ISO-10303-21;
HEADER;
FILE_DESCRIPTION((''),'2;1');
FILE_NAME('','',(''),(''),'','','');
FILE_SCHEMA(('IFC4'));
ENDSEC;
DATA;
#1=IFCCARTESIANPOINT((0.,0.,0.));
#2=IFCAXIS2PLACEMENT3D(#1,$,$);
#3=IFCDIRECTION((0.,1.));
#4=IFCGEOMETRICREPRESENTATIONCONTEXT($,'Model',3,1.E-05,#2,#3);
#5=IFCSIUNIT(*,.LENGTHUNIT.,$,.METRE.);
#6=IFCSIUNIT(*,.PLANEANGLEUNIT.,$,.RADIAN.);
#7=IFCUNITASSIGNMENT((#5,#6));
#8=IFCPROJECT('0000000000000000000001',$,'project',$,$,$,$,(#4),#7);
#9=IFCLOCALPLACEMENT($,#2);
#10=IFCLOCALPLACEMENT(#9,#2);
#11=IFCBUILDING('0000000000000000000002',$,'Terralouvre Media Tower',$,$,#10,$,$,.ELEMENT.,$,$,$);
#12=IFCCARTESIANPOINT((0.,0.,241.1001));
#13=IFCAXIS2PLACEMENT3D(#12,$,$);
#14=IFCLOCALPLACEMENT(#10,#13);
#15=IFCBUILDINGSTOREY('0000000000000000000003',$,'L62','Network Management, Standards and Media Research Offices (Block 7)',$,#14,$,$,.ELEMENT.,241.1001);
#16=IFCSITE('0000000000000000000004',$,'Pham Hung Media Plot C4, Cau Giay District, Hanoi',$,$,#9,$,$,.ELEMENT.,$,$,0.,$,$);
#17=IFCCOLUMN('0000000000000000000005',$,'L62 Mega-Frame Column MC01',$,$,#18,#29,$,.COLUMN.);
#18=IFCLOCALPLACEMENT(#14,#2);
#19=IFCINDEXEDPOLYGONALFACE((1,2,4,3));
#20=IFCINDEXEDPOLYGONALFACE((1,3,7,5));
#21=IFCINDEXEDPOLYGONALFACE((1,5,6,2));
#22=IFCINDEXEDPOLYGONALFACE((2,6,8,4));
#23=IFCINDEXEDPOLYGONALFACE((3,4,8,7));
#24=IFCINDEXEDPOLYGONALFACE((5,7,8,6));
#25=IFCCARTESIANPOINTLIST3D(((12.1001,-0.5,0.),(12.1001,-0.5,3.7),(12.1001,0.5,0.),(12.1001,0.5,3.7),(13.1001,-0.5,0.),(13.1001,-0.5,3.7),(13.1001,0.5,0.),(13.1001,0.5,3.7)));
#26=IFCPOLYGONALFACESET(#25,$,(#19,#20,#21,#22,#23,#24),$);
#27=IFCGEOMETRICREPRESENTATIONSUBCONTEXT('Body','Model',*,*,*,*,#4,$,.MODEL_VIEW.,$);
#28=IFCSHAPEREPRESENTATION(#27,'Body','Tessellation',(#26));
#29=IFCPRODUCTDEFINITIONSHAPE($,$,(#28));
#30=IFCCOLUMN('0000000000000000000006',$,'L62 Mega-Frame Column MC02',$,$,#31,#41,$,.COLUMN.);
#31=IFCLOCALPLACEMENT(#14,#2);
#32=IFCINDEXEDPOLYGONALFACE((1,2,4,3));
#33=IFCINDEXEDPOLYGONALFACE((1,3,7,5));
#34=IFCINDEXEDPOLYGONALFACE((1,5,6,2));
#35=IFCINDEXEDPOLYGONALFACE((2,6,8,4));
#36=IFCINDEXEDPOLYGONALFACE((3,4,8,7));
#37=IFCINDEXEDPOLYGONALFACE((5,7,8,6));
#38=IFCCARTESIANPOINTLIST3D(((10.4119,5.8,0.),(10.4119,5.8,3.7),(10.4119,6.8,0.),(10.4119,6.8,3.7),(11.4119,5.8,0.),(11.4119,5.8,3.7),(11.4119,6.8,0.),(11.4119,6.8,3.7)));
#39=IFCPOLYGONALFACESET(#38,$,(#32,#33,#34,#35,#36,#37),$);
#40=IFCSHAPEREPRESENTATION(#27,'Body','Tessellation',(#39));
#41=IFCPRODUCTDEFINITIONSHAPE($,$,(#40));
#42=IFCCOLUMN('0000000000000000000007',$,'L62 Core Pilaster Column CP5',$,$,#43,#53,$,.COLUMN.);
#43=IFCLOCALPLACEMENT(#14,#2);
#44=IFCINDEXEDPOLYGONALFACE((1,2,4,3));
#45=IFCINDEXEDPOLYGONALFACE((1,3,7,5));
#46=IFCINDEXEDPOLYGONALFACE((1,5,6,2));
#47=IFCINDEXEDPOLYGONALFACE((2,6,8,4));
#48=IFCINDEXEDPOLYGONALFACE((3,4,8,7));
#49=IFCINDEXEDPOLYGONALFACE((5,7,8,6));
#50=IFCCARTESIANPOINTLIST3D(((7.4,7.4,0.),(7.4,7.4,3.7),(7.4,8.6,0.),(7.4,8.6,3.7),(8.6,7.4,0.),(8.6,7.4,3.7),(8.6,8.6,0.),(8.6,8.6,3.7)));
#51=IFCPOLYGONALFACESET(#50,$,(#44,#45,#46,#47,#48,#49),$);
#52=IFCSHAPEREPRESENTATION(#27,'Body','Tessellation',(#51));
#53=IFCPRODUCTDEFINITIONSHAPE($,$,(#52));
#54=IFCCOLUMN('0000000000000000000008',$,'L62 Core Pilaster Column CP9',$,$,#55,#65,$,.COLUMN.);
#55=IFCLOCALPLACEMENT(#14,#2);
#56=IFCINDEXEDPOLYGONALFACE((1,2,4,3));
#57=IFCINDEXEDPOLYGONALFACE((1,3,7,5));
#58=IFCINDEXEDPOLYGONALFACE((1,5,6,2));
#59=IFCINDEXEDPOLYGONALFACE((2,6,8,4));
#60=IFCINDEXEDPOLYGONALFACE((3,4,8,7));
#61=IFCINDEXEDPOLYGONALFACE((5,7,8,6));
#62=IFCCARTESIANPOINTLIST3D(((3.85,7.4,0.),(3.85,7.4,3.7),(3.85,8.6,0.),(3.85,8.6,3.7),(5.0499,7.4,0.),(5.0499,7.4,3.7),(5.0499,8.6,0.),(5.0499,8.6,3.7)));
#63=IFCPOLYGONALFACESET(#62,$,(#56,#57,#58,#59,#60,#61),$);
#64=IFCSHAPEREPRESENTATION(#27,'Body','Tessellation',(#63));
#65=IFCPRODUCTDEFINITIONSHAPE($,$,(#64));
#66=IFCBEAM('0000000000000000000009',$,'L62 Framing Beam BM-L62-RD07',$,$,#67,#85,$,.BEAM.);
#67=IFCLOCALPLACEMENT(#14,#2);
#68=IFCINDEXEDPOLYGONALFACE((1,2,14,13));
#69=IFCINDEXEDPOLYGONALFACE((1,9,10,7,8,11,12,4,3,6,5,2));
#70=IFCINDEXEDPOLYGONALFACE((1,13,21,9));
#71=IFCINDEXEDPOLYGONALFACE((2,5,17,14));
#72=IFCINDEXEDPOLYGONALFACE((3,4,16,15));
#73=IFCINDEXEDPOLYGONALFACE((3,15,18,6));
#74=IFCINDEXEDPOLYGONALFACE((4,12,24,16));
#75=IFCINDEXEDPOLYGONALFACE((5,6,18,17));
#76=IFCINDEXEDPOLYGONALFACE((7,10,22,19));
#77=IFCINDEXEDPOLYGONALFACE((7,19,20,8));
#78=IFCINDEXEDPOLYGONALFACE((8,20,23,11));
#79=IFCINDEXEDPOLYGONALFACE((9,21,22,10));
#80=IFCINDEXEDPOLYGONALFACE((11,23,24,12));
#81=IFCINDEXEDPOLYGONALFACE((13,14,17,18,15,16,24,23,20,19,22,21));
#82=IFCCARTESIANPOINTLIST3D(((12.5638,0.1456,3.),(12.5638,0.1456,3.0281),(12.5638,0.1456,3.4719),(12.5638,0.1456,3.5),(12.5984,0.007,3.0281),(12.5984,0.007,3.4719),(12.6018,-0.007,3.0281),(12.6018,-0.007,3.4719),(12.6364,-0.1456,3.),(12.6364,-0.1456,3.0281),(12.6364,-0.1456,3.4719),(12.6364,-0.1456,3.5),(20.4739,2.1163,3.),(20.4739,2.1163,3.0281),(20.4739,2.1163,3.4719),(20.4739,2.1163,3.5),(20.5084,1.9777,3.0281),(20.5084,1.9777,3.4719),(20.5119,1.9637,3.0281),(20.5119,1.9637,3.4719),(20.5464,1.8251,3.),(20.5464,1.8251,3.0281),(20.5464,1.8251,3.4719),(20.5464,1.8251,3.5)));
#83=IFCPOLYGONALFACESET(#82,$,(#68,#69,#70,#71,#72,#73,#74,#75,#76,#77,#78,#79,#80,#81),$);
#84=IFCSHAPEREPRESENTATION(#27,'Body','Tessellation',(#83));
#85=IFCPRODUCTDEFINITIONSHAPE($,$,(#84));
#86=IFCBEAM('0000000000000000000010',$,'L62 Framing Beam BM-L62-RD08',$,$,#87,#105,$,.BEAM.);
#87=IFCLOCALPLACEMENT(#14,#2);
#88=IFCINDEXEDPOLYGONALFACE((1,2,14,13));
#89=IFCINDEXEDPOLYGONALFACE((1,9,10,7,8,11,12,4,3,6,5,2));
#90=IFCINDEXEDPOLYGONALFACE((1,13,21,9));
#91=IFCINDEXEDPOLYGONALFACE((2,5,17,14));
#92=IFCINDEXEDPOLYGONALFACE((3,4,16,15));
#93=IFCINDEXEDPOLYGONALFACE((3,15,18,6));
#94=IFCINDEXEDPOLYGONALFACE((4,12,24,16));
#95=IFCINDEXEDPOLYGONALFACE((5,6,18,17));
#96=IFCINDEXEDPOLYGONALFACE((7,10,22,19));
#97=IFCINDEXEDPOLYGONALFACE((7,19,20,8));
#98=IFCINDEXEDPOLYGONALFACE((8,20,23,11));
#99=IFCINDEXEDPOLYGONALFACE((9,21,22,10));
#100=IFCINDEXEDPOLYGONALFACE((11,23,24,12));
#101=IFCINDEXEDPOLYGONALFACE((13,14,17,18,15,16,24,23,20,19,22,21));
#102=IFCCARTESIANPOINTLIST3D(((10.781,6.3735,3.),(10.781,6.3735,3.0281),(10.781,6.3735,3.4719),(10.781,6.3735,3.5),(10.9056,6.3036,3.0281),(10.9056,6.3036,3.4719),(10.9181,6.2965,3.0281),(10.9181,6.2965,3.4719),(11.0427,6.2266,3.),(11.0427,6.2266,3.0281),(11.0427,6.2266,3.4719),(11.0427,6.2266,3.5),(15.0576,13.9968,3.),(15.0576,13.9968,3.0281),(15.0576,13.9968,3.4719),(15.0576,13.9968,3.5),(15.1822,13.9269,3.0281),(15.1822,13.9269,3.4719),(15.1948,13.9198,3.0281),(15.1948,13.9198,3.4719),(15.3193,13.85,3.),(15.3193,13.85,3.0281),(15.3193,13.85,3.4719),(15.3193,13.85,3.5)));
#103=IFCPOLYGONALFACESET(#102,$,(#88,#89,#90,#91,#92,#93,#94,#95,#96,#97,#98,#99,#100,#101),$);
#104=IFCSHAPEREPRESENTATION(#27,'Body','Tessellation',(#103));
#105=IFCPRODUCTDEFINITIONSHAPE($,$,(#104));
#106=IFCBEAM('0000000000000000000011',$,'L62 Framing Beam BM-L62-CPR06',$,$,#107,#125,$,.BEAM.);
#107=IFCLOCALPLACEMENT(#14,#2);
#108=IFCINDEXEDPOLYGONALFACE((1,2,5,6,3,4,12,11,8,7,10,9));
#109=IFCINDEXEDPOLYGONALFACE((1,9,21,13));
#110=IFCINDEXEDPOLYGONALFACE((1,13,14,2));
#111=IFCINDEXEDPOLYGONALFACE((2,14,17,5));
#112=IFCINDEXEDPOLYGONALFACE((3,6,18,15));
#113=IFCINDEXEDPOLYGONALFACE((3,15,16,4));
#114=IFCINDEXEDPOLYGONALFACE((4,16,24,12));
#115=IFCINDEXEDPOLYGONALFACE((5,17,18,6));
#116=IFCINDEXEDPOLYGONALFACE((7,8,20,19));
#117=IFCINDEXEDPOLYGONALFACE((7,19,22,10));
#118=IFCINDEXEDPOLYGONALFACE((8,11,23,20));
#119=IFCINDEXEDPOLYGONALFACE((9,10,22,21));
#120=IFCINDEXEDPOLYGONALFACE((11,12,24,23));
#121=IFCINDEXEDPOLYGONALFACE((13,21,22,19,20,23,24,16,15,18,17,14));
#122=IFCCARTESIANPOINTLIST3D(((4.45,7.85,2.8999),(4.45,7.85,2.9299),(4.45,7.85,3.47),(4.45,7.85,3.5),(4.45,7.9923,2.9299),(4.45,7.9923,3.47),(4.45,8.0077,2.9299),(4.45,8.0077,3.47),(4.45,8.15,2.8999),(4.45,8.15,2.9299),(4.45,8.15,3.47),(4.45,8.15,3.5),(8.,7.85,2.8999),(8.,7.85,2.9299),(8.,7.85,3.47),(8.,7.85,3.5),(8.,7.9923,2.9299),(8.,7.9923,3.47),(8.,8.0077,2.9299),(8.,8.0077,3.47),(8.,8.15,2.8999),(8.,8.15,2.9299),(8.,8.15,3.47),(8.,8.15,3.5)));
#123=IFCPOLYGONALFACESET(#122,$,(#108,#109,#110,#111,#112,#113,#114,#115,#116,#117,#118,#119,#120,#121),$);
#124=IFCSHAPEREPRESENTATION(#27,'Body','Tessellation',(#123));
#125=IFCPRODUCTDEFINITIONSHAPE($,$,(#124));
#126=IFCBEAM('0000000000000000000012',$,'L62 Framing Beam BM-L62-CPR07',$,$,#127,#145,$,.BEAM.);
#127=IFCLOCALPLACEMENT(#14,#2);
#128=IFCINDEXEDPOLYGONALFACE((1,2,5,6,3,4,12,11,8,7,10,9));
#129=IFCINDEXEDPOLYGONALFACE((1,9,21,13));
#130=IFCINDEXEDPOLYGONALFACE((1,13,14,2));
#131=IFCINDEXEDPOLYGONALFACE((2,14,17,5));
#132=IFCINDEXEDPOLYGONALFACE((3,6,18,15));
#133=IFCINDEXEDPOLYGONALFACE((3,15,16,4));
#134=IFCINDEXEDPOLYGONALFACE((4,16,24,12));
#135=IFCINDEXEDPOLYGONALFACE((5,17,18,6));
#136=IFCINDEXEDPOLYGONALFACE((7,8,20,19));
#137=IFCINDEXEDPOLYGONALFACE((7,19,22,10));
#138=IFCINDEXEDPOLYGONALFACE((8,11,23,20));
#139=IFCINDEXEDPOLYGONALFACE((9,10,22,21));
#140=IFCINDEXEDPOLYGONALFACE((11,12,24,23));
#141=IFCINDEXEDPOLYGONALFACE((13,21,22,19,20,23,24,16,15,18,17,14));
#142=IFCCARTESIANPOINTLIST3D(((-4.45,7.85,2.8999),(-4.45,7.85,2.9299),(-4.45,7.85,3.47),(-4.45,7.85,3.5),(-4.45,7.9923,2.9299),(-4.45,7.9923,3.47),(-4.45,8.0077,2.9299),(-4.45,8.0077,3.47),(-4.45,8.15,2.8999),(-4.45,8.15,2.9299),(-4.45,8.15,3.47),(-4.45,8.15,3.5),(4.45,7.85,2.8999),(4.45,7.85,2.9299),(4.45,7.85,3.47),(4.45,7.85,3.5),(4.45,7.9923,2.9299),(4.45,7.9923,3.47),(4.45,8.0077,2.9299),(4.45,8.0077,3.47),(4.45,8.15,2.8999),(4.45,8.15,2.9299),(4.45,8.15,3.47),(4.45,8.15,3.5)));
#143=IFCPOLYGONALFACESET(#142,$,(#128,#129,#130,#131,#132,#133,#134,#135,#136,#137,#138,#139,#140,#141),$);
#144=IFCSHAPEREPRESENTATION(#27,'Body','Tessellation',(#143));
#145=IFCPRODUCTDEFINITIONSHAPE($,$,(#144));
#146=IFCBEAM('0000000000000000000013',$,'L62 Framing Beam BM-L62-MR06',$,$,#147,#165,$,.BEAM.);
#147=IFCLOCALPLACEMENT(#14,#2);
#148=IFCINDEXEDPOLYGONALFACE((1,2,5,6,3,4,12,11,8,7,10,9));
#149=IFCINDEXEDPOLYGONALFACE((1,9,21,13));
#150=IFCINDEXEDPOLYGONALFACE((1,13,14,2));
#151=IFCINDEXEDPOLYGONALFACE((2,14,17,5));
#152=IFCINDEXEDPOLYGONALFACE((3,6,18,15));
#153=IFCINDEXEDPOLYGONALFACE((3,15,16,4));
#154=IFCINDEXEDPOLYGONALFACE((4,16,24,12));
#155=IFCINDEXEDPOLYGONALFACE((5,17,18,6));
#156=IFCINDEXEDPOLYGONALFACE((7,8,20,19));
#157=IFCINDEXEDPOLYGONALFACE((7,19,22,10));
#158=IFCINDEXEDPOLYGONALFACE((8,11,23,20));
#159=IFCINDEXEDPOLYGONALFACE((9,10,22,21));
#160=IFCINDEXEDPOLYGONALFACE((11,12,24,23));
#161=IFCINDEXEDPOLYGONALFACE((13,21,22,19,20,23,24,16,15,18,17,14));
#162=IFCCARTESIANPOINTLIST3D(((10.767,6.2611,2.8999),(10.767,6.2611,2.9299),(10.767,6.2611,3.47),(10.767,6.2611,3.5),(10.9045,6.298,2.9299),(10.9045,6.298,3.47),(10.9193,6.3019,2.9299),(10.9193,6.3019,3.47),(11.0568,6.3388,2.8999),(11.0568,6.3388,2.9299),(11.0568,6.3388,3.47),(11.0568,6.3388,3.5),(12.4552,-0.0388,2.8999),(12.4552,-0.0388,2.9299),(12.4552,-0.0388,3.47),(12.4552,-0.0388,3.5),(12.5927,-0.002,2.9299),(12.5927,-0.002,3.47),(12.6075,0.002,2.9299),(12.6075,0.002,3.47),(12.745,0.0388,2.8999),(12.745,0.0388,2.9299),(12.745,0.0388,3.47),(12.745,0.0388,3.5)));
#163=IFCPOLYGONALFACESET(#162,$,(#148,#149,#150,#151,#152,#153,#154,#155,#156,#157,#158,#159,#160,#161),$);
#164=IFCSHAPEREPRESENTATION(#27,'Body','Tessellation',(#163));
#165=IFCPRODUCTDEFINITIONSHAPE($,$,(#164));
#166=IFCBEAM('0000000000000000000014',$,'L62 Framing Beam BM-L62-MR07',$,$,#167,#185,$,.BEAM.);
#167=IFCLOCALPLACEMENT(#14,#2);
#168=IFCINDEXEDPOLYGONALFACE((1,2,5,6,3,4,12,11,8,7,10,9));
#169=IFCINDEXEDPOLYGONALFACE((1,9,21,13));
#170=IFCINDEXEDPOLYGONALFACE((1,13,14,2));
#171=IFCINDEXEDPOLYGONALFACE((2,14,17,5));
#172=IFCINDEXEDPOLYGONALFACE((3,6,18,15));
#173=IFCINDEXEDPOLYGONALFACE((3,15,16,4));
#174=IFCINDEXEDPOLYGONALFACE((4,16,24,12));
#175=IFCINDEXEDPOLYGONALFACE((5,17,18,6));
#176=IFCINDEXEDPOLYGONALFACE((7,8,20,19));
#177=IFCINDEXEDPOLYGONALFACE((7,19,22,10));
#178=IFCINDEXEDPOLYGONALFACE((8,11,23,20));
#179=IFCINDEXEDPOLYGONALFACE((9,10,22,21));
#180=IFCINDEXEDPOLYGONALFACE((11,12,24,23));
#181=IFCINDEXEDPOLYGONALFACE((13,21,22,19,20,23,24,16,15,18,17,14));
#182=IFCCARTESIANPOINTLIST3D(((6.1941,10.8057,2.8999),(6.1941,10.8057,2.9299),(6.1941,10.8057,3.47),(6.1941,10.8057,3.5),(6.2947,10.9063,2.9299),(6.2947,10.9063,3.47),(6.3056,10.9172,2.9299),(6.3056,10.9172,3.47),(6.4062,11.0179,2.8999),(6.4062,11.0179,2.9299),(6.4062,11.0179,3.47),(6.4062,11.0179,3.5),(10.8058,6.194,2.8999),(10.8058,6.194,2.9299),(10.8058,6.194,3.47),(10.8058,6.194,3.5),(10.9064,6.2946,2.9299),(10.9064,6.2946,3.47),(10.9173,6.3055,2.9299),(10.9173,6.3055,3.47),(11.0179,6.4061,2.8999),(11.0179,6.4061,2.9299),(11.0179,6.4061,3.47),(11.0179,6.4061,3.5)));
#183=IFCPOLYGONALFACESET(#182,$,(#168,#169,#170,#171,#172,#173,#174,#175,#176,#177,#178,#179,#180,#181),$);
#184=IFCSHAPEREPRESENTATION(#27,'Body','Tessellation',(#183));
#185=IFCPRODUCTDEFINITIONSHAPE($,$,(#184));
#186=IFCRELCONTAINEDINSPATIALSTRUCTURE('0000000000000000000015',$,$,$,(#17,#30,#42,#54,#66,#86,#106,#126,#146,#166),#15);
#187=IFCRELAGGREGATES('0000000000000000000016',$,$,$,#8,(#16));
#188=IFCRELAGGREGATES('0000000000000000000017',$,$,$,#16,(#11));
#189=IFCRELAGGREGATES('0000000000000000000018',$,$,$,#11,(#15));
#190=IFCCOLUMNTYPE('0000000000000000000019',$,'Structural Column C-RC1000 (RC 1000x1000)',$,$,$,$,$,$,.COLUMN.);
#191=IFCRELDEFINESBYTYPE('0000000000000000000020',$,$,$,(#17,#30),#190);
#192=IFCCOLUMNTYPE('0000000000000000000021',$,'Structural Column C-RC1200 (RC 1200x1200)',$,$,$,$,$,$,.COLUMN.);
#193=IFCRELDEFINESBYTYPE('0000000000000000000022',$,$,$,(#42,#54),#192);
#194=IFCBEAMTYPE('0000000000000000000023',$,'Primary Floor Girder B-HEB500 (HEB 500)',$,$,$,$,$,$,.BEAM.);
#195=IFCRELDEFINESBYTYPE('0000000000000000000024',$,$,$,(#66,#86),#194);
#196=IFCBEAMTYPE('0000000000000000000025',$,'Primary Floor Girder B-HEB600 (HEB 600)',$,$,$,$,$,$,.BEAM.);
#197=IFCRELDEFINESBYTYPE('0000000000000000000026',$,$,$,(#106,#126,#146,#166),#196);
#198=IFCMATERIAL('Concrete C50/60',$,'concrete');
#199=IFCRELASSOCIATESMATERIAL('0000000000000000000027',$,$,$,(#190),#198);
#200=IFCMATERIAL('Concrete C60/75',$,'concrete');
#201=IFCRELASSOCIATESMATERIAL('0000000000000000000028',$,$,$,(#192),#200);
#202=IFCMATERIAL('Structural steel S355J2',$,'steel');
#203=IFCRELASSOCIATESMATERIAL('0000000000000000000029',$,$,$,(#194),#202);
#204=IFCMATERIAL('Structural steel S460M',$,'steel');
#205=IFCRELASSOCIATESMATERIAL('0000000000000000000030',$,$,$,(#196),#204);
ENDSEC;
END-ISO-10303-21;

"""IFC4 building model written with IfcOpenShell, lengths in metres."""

from ifc_helpers import new_model, si_unit, direction, frame, origin, origin_2d, place, context, subcontext, project, spatial, rectangle, i_section, extrude, material, material_profile, profile_set, type_object, element, save


model = new_model("IFC4")

# Units and contexts
model_context = context("Model", 3, precision=1e-05, world=origin(), true_north=direction((0.0, 1.0)))
body_context = subcontext(model_context, "Body", "Model", "MODEL_VIEW")
ifc_project = project(units=[si_unit("LENGTHUNIT", "METRE"), si_unit("PLANEANGLEUNIT", "RADIAN")], contexts=[model_context])

# Site, building, storey
site_placement = place(None, origin())
site = spatial("IfcSite", under=ifc_project, at=site_placement, Name="Pham Hung Media Plot C4, Cau Giay District, Hanoi", CompositionType="ELEMENT", RefElevation=0.0)
building_placement = place(site_placement, origin())
building = spatial("IfcBuilding", under=site, at=building_placement, Name="Terralouvre Media Tower", CompositionType="ELEMENT")
storey_placement = place(building_placement, frame((0.0, 0.0, 241.1001)))
storey = spatial("IfcBuildingStorey", under=building, at=storey_placement, Name="L62", Description="Network Management, Standards and Media Research Offices (Block 7)", CompositionType="ELEMENT", Elevation=241.1001)

# Columns
ifc_material_1 = material(Name="Concrete C50/60", Category="concrete")
ifc_material_profile_1 = material_profile(ifc_material_1, rectangle(XDim=1.0, YDim=1.0, at=origin_2d()), Name="RC 1000x1000")
ifc_profile_set_1 = profile_set([ifc_material_profile_1], Name="Concrete C50/60")
column_type_1 = type_object("IfcColumnType", Name="Structural Column C-RC1000 (RC 1000x1000)", PredefinedType="COLUMN", material=ifc_profile_set_1)
for number, where, z_axis, x_axis, name in (
    (1, (12.6001, 0.0, 0.0), (0.0, 0.0, 1.0), (1.0, 0.0, 0.0), "L62 Mega-Frame Column MC01"),
    (2, (10.9119, 6.3, 0.0), (0.0, 0.0, 1.0), (1.0, 0.0, 0.0), "L62 Mega-Frame Column MC02"),
):
    element("IfcColumn", number, at=place(storey_placement, frame(where, z_axis=z_axis, x_axis=x_axis)), inside=storey, type_object=column_type_1, Name=name, PredefinedType="COLUMN", context=body_context, shape_type="SweptSolid", body=[
        extrude(rectangle(XDim=1.0, YDim=1.0, at=origin_2d()), origin(), (0.0, 0.0, 1.0), 3.7),
    ])
ifc_material_2 = material(Name="Concrete C60/75", Category="concrete")
ifc_material_profile_2 = material_profile(ifc_material_2, rectangle(XDim=1.2, YDim=1.2, at=origin_2d()), Name="RC 1200x1200")
ifc_profile_set_2 = profile_set([ifc_material_profile_2], Name="Concrete C60/75")
column_type_2 = type_object("IfcColumnType", Name="Structural Column C-RC1200 (RC 1200x1200)", PredefinedType="COLUMN", material=ifc_profile_set_2)
for number, where, z_axis, x_axis, name in (
    (3, (8.0, 8.0, 0.0), (0.0, 0.0, 1.0), (1.0, 0.0, 0.0), "L62 Core Pilaster Column CP5"),
    (4, (4.45, 8.0, 0.0), (0.0, 0.0, 1.0), (1.0, 0.0, 0.0), "L62 Core Pilaster Column CP9"),
):
    element("IfcColumn", number, at=place(storey_placement, frame(where, z_axis=z_axis, x_axis=x_axis)), inside=storey, type_object=column_type_2, Name=name, PredefinedType="COLUMN", context=body_context, shape_type="SweptSolid", body=[
        extrude(rectangle(XDim=1.2, YDim=1.2, at=origin_2d()), origin(), (0.0, 0.0, 1.0), 3.7),
    ])

# Beams
ifc_material_3 = material(Name="Structural steel S355J2", Category="steel")
ifc_material_profile_3 = material_profile(ifc_material_3, i_section(OverallWidth=0.3, OverallDepth=0.5, WebThickness=0.0144, FlangeThickness=0.0281, at=origin_2d()), Name="HEB 500")
ifc_profile_set_3 = profile_set([ifc_material_profile_3], Name="Structural steel S355J2")
beam_type_1 = type_object("IfcBeamType", Name="Primary Floor Girder B-HEB500 (HEB 500)", PredefinedType="BEAM", material=ifc_profile_set_3)
beam_1_placement = place(storey_placement, frame((12.6001, 0.0, 3.25), z_axis=(0.970339, 0.241746, 0.0), x_axis=(-0.241746, 0.970339, 0.0)))
element("IfcBeam", 5, at=beam_1_placement, inside=storey, type_object=beam_type_1, Name="L62 Framing Beam BM-L62-RD07", PredefinedType="BEAM", context=body_context, shape_type="SweptSolid", body=[
    extrude(i_section(OverallWidth=0.3, OverallDepth=0.5, WebThickness=0.0144, FlangeThickness=0.0281, at=origin_2d()), origin(), (0.0, 0.0, 1.0), 8.1519),
])
beam_2_placement = place(storey_placement, frame((10.9119, 6.3, 3.25), z_axis=(0.489262, 0.872137, 0.0), x_axis=(-0.872137, 0.489262, 0.0)))
element("IfcBeam", 6, at=beam_2_placement, inside=storey, type_object=beam_type_1, Name="L62 Framing Beam BM-L62-RD08", PredefinedType="BEAM", context=body_context, shape_type="SweptSolid", body=[
    extrude(i_section(OverallWidth=0.3, OverallDepth=0.5, WebThickness=0.0144, FlangeThickness=0.0281, at=origin_2d()), origin(), (0.0, 0.0, 1.0), 8.741),
])
ifc_material_4 = material(Name="Structural steel S460M", Category="steel")
ifc_material_profile_4 = material_profile(ifc_material_4, i_section(OverallWidth=0.3, OverallDepth=0.6001, WebThickness=0.0154, FlangeThickness=0.03, at=origin_2d()), Name="HEB 600")
ifc_profile_set_4 = profile_set([ifc_material_profile_4], Name="Structural steel S460M")
beam_type_2 = type_object("IfcBeamType", Name="Primary Floor Girder B-HEB600 (HEB 600)", PredefinedType="BEAM", material=ifc_profile_set_4)
beam_3_placement = place(storey_placement, frame((8.0, 8.0, 3.2), z_axis=(-1.0, 0.0, 0.0), x_axis=(0.0, -1.0, 0.0)))
element("IfcBeam", 7, at=beam_3_placement, inside=storey, type_object=beam_type_2, Name="L62 Framing Beam BM-L62-CPR06", PredefinedType="BEAM", context=body_context, shape_type="SweptSolid", body=[
    extrude(i_section(OverallWidth=0.3, OverallDepth=0.6001, WebThickness=0.0154, FlangeThickness=0.03, at=origin_2d()), origin(), (0.0, 0.0, 1.0), 3.55),
])
beam_4_placement = place(storey_placement, frame((4.45, 8.0, 3.2), z_axis=(-1.0, 0.0, 0.0), x_axis=(0.0, -1.0, 0.0)))
element("IfcBeam", 8, at=beam_4_placement, inside=storey, type_object=beam_type_2, Name="L62 Framing Beam BM-L62-CPR07", PredefinedType="BEAM", context=body_context, shape_type="SweptSolid", body=[
    extrude(i_section(OverallWidth=0.3, OverallDepth=0.6001, WebThickness=0.0154, FlangeThickness=0.03, at=origin_2d()), origin(), (0.0, 0.0, 1.0), 8.8999),
])
beam_5_placement = place(storey_placement, frame((12.6001, 0.0, 3.2), z_axis=(-0.258839, 0.96592, 0.0), x_axis=(-0.96592, -0.258839, 0.0)))
element("IfcBeam", 9, at=beam_5_placement, inside=storey, type_object=beam_type_2, Name="L62 Framing Beam BM-L62-MR06", PredefinedType="BEAM", context=body_context, shape_type="SweptSolid", body=[
    extrude(i_section(OverallWidth=0.3, OverallDepth=0.6001, WebThickness=0.0154, FlangeThickness=0.03, at=origin_2d()), origin(), (0.0, 0.0, 1.0), 6.5222),
])
beam_6_placement = place(storey_placement, frame((10.9119, 6.3, 3.2), z_axis=(-0.707107, 0.707107, 0.0), x_axis=(-0.707107, -0.707107, 0.0)))
element("IfcBeam", 10, at=beam_6_placement, inside=storey, type_object=beam_type_2, Name="L62 Framing Beam BM-L62-MR07", PredefinedType="BEAM", context=body_context, shape_type="SweptSolid", body=[
    extrude(i_section(OverallWidth=0.3, OverallDepth=0.6001, WebThickness=0.0154, FlangeThickness=0.03, at=origin_2d()), origin(), (0.0, 0.0, 1.0), 6.522),
])

save(model, "model.ifc")
